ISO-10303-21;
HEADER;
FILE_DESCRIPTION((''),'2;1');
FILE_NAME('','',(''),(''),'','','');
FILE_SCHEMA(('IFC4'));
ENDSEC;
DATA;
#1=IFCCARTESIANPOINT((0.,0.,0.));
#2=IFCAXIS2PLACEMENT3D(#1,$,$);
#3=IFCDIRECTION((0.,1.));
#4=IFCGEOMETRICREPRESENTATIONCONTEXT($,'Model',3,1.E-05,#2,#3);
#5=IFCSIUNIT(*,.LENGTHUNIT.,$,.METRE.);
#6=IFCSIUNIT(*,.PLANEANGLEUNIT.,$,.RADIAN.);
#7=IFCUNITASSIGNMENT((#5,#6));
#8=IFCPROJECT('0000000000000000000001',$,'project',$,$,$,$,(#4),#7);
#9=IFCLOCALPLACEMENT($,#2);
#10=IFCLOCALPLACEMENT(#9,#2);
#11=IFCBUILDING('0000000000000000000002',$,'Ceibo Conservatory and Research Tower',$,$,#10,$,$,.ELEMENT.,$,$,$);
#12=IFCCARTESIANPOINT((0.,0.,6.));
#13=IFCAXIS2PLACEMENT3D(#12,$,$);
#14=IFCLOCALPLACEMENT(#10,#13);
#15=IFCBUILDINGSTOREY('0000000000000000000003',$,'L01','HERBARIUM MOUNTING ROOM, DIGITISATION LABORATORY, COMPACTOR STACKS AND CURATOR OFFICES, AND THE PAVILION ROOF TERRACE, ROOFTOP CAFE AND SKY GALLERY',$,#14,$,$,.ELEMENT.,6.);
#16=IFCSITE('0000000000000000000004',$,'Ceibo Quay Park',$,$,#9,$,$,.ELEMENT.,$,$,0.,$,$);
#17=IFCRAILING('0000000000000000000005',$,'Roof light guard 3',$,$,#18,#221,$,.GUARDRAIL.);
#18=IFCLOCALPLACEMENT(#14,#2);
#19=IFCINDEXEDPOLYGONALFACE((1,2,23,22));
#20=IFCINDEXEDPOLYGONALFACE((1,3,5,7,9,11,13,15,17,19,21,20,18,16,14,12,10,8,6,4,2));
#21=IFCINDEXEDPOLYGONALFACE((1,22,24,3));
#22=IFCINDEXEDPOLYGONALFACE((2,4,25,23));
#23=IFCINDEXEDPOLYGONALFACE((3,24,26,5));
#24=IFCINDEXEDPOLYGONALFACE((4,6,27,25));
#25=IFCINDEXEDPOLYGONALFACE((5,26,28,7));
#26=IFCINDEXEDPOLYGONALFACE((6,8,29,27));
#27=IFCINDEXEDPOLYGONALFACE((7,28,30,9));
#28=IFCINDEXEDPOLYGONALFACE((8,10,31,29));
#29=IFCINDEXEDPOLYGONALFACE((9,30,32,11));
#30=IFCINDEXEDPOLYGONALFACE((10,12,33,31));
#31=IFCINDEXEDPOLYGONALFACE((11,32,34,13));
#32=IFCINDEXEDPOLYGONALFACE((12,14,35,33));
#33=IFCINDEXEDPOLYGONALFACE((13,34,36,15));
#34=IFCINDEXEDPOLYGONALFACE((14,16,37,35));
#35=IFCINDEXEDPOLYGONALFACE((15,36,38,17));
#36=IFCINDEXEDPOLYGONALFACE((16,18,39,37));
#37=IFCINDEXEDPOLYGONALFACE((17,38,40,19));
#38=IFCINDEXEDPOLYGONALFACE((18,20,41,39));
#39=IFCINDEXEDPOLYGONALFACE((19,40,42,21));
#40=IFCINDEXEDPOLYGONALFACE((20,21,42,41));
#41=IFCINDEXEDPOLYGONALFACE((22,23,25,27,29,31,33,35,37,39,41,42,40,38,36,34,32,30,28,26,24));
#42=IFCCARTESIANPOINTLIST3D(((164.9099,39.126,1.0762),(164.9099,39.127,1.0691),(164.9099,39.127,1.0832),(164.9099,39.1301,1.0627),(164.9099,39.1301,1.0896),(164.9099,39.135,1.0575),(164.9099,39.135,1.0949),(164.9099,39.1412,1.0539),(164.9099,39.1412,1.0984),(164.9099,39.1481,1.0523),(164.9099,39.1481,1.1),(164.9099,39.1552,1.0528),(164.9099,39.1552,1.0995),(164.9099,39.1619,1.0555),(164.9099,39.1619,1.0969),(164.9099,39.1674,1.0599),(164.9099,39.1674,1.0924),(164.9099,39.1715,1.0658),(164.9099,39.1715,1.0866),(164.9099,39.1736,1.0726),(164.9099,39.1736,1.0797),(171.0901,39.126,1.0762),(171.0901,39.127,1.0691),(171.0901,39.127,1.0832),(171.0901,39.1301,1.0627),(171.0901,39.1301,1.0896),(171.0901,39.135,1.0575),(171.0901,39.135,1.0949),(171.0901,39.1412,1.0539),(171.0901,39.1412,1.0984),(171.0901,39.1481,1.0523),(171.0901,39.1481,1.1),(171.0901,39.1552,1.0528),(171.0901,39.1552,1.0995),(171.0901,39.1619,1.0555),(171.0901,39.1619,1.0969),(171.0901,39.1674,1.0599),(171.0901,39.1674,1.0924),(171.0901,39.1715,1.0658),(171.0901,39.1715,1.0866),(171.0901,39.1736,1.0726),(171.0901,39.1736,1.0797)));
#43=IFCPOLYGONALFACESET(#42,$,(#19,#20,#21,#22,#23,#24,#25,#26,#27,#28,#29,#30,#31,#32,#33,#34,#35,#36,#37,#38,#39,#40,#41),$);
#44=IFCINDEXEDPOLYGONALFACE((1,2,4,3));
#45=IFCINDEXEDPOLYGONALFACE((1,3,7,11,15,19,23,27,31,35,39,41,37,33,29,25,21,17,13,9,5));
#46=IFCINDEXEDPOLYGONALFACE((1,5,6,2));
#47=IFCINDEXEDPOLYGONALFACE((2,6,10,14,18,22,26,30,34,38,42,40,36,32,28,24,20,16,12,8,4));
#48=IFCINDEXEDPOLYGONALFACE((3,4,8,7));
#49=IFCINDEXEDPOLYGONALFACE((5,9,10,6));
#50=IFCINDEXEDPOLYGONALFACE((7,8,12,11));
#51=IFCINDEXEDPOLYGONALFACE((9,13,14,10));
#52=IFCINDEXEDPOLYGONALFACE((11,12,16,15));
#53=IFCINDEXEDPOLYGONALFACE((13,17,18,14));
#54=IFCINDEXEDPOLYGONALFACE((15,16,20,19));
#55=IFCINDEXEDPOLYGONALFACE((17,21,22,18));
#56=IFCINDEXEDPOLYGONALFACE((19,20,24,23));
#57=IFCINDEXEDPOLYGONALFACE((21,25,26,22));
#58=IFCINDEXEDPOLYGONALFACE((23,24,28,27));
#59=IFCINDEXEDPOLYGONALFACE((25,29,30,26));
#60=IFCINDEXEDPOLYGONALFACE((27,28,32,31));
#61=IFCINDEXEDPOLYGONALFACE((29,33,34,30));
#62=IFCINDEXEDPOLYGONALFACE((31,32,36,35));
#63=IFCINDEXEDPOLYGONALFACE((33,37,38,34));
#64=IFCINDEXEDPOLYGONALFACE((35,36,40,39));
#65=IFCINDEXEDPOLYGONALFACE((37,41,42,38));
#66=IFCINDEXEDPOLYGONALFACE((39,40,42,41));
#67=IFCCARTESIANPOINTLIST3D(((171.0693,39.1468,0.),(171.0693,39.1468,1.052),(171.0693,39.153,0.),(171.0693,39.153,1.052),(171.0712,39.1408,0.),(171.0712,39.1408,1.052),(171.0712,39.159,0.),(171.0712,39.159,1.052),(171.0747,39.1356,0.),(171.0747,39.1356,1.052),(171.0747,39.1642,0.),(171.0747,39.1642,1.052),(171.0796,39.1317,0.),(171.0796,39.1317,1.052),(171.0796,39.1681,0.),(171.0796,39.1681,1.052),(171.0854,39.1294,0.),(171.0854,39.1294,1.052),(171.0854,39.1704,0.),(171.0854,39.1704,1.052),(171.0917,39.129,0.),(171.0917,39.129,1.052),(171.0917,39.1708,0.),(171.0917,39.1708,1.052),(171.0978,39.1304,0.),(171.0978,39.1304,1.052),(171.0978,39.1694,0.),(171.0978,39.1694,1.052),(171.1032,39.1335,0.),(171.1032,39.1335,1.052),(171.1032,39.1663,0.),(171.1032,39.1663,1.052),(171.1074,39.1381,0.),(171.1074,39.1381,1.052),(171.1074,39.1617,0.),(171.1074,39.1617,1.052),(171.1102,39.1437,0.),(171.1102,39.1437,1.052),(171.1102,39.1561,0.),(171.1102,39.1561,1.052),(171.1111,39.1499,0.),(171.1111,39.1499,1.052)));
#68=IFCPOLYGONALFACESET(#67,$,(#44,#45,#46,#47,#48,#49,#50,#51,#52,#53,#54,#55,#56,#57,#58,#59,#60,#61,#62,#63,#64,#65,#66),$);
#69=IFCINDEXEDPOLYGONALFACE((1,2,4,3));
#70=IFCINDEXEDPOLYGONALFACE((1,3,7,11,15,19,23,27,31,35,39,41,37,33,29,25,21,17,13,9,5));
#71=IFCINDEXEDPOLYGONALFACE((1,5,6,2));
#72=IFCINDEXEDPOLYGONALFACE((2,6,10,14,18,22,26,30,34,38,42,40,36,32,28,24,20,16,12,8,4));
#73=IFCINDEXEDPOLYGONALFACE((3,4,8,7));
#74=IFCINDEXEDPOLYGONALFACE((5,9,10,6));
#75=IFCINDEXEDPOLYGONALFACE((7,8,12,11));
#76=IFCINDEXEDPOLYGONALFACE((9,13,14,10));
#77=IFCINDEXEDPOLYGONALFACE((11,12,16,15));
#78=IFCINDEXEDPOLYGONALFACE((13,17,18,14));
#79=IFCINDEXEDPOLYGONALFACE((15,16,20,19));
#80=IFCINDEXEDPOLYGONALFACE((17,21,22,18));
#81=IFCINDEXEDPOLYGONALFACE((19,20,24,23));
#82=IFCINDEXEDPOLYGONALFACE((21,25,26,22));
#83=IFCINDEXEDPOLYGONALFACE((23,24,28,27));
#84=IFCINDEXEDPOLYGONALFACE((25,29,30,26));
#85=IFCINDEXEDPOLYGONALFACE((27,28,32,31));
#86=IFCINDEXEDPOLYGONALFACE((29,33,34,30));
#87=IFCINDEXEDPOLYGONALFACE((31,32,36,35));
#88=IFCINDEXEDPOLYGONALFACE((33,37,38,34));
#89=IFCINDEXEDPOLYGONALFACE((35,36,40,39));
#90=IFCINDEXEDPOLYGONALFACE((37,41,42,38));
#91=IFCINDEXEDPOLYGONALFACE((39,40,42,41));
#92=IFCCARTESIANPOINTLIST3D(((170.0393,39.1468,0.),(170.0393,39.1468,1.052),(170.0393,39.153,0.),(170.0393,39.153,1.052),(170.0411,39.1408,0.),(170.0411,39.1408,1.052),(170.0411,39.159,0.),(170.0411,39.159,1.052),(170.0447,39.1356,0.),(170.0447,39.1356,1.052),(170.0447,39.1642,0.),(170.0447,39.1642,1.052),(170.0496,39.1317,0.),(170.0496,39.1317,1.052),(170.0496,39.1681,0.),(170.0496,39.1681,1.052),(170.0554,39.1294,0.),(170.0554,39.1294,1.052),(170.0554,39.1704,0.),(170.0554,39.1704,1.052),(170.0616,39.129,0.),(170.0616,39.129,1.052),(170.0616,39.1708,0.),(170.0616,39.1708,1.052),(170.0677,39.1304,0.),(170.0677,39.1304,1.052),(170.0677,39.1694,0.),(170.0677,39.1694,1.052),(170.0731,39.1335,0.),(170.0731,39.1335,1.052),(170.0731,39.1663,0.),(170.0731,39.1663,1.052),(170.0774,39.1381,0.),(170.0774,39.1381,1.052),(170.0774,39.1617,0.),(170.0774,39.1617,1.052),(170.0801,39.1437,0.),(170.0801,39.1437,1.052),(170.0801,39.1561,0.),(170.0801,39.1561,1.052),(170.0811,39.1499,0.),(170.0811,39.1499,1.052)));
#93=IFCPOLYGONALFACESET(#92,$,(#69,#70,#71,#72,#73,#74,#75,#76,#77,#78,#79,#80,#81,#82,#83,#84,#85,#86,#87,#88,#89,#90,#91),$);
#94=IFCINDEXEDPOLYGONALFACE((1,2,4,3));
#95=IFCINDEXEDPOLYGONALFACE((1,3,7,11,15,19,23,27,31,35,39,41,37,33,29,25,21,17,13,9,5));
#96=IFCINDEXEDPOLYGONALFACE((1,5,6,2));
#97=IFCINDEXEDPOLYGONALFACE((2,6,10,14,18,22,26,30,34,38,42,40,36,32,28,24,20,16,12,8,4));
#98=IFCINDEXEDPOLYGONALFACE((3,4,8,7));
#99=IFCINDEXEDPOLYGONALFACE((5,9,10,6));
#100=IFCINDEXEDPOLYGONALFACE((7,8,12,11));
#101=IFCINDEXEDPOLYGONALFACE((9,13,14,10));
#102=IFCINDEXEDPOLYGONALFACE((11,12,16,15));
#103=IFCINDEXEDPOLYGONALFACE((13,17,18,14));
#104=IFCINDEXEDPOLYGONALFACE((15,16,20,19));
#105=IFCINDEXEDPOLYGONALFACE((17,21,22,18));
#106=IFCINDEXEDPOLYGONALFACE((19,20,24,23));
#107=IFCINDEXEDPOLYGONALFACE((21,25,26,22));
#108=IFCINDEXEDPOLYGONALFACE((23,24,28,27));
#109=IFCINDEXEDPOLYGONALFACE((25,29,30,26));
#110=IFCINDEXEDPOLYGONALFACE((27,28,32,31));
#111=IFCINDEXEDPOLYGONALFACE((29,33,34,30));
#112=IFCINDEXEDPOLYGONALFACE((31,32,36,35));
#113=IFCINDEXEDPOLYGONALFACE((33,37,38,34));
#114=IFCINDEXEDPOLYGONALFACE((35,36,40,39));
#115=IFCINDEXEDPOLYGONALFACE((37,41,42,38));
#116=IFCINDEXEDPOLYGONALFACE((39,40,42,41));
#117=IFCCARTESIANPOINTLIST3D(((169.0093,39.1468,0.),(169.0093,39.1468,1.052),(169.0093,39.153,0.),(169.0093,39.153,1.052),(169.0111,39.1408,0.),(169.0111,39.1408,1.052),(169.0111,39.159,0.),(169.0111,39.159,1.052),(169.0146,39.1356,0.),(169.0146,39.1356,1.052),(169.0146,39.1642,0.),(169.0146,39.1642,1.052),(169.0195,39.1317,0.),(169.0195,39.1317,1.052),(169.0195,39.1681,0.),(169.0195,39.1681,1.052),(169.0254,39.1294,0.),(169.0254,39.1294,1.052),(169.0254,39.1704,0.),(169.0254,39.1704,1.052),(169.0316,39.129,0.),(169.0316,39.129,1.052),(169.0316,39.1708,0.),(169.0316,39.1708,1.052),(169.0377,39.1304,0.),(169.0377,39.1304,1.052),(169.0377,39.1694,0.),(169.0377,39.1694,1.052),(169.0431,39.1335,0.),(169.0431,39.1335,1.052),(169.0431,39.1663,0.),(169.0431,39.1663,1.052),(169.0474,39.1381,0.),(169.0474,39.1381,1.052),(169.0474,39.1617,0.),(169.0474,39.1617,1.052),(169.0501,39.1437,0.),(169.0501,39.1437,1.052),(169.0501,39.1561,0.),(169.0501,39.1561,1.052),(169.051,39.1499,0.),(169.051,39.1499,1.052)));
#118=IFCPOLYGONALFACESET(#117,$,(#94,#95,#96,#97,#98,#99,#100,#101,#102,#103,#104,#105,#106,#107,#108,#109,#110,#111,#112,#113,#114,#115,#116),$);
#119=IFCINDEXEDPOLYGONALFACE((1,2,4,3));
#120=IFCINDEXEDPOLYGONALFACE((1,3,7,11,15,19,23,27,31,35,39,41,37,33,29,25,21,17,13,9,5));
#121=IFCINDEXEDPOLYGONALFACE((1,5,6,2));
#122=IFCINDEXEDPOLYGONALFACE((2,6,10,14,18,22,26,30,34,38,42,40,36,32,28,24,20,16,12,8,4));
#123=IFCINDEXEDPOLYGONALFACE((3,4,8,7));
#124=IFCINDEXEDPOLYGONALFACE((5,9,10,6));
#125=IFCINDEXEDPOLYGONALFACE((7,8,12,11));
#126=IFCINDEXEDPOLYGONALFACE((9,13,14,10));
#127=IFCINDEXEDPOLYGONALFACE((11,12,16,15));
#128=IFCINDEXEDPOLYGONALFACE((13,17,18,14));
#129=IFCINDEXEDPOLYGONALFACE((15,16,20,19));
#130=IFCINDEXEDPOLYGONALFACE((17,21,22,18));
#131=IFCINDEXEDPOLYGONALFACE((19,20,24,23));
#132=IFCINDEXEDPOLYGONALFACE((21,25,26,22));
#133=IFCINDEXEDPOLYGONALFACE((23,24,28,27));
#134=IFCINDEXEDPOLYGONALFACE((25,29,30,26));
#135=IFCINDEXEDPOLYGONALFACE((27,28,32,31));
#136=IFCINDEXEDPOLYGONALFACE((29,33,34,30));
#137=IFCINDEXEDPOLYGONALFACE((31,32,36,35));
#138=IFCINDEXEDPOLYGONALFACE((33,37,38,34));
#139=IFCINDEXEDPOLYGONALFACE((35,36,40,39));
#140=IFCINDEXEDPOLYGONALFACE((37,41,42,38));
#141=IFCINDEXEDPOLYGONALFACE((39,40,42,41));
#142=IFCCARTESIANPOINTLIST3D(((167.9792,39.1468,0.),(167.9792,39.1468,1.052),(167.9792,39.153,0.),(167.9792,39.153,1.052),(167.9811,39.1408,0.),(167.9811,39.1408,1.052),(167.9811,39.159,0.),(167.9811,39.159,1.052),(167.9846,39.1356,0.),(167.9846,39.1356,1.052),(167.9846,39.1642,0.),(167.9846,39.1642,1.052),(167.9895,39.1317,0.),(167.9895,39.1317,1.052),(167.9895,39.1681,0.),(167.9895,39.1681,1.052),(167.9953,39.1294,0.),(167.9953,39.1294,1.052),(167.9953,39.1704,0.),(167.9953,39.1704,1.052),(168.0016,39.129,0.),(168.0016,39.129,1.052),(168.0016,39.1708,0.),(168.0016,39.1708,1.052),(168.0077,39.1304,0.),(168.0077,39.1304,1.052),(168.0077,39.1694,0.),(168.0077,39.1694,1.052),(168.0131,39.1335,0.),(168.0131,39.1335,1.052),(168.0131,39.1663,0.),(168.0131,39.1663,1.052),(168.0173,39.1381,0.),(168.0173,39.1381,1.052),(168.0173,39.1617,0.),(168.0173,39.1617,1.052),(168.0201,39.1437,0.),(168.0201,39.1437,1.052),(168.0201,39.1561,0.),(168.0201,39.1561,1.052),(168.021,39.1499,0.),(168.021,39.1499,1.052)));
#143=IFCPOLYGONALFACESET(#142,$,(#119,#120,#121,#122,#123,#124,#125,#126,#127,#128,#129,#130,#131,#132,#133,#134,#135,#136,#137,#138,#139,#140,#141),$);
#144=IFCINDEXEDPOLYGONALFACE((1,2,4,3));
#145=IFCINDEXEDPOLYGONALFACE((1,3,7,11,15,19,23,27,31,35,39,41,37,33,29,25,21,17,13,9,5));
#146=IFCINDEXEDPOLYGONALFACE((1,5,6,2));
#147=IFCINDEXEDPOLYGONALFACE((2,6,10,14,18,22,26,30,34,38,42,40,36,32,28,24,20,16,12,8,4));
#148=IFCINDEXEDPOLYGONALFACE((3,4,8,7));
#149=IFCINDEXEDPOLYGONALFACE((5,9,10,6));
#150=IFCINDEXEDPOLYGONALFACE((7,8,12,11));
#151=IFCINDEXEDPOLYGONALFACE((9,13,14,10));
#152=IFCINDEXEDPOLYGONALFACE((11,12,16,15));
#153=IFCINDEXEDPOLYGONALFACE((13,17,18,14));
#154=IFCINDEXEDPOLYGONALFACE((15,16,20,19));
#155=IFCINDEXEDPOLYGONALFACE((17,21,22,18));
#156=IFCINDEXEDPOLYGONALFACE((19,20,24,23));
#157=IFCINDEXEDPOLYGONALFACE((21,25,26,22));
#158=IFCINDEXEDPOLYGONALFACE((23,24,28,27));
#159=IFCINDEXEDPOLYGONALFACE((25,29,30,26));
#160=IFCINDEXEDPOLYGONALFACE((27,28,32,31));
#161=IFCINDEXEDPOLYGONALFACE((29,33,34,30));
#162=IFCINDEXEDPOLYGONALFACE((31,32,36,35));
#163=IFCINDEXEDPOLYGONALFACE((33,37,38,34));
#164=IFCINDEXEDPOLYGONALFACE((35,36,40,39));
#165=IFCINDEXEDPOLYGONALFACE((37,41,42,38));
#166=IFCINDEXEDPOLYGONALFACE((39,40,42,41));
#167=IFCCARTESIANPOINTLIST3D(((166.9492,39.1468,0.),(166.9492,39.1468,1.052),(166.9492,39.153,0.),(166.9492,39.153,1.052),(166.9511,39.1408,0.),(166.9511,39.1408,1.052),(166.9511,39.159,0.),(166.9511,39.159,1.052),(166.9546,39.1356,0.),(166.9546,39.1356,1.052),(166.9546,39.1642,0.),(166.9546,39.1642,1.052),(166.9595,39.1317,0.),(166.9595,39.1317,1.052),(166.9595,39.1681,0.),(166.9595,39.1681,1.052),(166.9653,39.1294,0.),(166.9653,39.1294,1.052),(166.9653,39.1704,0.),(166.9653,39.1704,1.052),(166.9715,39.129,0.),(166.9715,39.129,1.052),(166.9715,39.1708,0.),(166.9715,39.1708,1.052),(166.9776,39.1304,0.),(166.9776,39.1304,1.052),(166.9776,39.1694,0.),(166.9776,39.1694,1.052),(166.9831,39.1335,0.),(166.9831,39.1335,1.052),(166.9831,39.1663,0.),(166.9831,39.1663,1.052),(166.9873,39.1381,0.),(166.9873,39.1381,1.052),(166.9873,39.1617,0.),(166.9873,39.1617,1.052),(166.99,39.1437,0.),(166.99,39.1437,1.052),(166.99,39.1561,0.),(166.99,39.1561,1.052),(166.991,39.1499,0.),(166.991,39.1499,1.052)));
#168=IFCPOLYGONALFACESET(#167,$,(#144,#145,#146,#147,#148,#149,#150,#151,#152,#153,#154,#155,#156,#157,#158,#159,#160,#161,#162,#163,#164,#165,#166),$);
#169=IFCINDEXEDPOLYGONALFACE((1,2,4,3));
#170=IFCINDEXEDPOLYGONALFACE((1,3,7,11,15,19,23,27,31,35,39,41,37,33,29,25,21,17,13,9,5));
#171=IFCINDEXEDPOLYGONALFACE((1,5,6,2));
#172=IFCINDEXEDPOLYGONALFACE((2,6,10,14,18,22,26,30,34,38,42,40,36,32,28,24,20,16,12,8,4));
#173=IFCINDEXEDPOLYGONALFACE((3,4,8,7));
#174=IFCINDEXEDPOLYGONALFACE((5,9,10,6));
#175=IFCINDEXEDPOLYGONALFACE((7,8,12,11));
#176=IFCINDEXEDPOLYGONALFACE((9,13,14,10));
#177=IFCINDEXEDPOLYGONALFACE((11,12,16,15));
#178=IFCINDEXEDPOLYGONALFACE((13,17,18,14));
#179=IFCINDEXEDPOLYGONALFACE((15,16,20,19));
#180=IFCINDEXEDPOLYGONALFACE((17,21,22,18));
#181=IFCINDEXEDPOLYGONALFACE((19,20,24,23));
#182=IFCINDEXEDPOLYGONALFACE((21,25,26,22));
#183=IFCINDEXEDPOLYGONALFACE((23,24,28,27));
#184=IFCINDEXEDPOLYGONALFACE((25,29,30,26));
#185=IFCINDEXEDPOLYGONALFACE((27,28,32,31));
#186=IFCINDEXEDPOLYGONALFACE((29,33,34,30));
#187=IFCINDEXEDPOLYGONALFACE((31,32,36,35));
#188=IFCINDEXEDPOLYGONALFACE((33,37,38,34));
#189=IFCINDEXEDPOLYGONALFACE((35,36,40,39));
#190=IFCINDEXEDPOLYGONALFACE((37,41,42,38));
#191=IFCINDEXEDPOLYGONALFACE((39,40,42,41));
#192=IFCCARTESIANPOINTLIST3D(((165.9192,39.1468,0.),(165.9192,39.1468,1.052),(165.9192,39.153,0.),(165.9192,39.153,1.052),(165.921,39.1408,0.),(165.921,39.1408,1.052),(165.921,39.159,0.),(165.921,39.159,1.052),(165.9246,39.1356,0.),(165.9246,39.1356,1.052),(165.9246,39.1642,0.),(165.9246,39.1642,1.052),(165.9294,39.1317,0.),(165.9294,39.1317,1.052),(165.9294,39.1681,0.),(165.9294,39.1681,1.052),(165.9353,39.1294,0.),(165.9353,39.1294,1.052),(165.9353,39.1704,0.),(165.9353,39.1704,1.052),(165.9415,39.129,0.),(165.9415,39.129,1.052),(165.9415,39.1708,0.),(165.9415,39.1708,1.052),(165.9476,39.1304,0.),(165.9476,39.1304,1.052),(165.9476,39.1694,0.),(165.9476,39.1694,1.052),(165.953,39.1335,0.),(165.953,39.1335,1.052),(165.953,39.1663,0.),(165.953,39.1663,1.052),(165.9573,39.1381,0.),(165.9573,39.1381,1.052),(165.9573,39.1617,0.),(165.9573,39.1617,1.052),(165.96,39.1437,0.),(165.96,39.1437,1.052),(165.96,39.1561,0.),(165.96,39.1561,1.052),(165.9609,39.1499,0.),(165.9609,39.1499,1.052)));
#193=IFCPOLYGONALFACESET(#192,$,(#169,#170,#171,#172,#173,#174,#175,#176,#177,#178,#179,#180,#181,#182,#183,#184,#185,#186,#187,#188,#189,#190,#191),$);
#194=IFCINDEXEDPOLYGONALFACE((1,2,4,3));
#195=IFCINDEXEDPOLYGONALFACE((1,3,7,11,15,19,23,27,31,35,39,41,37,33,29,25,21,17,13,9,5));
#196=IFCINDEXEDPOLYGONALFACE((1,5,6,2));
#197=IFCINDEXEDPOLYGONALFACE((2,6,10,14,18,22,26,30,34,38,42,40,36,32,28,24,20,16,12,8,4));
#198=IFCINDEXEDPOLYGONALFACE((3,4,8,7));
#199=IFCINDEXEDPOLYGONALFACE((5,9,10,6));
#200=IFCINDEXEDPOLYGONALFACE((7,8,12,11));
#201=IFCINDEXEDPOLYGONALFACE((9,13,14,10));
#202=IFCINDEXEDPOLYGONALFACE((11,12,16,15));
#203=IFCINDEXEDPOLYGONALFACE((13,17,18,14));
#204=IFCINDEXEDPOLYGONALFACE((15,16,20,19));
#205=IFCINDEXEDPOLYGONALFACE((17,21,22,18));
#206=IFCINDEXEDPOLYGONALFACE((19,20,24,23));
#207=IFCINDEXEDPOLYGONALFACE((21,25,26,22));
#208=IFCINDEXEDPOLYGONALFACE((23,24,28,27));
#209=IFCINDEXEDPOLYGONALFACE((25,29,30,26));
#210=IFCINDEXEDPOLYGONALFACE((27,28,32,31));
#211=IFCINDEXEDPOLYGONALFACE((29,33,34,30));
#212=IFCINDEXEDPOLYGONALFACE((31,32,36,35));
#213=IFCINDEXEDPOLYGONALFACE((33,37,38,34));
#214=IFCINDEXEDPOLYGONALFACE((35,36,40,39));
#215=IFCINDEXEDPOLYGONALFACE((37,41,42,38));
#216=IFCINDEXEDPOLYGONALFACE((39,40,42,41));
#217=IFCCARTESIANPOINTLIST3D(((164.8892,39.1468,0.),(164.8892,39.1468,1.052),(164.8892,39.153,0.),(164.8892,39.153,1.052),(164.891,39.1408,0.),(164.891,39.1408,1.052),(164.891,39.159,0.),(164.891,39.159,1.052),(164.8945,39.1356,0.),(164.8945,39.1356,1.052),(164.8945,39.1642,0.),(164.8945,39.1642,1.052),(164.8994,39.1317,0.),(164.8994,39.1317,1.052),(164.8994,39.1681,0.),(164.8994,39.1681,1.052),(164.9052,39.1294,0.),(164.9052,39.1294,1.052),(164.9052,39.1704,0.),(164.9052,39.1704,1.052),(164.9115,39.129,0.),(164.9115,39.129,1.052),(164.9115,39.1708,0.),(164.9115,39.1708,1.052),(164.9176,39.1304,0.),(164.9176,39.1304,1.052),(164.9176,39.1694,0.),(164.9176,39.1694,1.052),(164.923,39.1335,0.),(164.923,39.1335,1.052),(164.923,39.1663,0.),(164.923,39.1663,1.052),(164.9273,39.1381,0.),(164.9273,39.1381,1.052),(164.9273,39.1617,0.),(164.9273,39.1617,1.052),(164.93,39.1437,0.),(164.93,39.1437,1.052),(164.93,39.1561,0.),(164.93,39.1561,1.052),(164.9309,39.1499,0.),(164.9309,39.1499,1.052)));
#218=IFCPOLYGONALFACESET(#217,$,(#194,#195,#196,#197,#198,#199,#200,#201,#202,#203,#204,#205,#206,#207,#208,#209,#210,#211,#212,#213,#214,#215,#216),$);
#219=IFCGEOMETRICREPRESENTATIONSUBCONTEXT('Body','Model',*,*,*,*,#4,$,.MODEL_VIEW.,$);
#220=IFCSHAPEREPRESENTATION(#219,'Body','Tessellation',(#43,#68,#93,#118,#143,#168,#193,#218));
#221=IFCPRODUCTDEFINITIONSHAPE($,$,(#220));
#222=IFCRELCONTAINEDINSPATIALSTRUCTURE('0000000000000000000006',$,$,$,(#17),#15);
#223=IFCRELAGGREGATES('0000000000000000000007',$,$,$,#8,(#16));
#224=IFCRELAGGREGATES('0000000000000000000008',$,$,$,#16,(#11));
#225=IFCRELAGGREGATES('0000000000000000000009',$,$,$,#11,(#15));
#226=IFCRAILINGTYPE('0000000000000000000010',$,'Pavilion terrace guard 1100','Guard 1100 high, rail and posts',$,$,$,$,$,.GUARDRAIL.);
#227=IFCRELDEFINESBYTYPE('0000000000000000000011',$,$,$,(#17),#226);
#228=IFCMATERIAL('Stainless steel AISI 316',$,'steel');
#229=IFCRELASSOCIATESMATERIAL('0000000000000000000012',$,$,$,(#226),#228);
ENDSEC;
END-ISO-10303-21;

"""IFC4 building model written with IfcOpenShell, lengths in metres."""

from ifc_helpers import new_model, si_unit, direction, frame, origin, origin_2d, place, context, subcontext, project, spatial, circle, extrude, material, type_object, element, save


model = new_model("IFC4")

# Units and contexts
model_context = context("Model", 3, precision=1e-05, world=origin(), true_north=direction((0.0, 1.0)))
body_context = subcontext(model_context, "Body", "Model", "MODEL_VIEW")
ifc_project = project(units=[si_unit("LENGTHUNIT", "METRE"), si_unit("PLANEANGLEUNIT", "RADIAN")], contexts=[model_context])

# Site, building, storey
site_placement = place(None, origin())
site = spatial("IfcSite", under=ifc_project, at=site_placement, Name="Ceibo Quay Park", CompositionType="ELEMENT", RefElevation=0.0)
building_placement = place(site_placement, origin())
building = spatial("IfcBuilding", under=site, at=building_placement, Name="Ceibo Conservatory and Research Tower", CompositionType="ELEMENT")
storey_placement = place(building_placement, frame((0.0, 0.0, 6.0)))
storey = spatial("IfcBuildingStorey", under=building, at=storey_placement, Name="L01", Description="HERBARIUM MOUNTING ROOM, DIGITISATION LABORATORY, COMPACTOR STACKS AND CURATOR OFFICES, AND THE PAVILION ROOF TERRACE, ROOFTOP CAFE AND SKY GALLERY", CompositionType="ELEMENT", Elevation=6.0)

# Railing
ifc_material_1 = material(Name="Stainless steel AISI 316", Category="steel")
railing_type = type_object("IfcRailingType", Name="Pavilion terrace guard 1100", Description="Guard 1100 high, rail and posts", PredefinedType="GUARDRAIL", material=ifc_material_1)
railing_1_placement = place(storey_placement, frame((171.0901, 39.1499, 0.0)))
element("IfcRailing", 1, at=railing_1_placement, inside=storey, type_object=railing_type, Name="Roof light guard 3", PredefinedType="GUARDRAIL", context=body_context, shape_type="SweptSolid", body=[
    extrude(circle(Radius=0.0239, at=origin_2d()), frame((0.0, 0.0, 1.0762), z_axis=(-1.0, 0.0, 0.0), x_axis=(0.0, -1.0, 0.0)), (0.0, 0.0, 1.0), 6.1802),
    extrude(circle(Radius=0.021, at=origin_2d()), origin(), (0.0, 0.0, 1.0), 1.052),
    extrude(circle(Radius=0.021, at=origin_2d()), frame((-1.03, 0.0, 0.0)), (0.0, 0.0, 1.0), 1.052),
    extrude(circle(Radius=0.021, at=origin_2d()), frame((-2.0601, 0.0, 0.0)), (0.0, 0.0, 1.0), 1.052),
    extrude(circle(Radius=0.021, at=origin_2d()), frame((-3.0901, 0.0, 0.0)), (0.0, 0.0, 1.0), 1.052),
    extrude(circle(Radius=0.021, at=origin_2d()), frame((-4.1201, 0.0, 0.0)), (0.0, 0.0, 1.0), 1.052),
    extrude(circle(Radius=0.021, at=origin_2d()), frame((-5.1501, 0.0, 0.0)), (0.0, 0.0, 1.0), 1.052),
    extrude(circle(Radius=0.021, at=origin_2d()), frame((-6.1802, 0.0, 0.0)), (0.0, 0.0, 1.0), 1.052),
])

save(model, "model.ifc")
